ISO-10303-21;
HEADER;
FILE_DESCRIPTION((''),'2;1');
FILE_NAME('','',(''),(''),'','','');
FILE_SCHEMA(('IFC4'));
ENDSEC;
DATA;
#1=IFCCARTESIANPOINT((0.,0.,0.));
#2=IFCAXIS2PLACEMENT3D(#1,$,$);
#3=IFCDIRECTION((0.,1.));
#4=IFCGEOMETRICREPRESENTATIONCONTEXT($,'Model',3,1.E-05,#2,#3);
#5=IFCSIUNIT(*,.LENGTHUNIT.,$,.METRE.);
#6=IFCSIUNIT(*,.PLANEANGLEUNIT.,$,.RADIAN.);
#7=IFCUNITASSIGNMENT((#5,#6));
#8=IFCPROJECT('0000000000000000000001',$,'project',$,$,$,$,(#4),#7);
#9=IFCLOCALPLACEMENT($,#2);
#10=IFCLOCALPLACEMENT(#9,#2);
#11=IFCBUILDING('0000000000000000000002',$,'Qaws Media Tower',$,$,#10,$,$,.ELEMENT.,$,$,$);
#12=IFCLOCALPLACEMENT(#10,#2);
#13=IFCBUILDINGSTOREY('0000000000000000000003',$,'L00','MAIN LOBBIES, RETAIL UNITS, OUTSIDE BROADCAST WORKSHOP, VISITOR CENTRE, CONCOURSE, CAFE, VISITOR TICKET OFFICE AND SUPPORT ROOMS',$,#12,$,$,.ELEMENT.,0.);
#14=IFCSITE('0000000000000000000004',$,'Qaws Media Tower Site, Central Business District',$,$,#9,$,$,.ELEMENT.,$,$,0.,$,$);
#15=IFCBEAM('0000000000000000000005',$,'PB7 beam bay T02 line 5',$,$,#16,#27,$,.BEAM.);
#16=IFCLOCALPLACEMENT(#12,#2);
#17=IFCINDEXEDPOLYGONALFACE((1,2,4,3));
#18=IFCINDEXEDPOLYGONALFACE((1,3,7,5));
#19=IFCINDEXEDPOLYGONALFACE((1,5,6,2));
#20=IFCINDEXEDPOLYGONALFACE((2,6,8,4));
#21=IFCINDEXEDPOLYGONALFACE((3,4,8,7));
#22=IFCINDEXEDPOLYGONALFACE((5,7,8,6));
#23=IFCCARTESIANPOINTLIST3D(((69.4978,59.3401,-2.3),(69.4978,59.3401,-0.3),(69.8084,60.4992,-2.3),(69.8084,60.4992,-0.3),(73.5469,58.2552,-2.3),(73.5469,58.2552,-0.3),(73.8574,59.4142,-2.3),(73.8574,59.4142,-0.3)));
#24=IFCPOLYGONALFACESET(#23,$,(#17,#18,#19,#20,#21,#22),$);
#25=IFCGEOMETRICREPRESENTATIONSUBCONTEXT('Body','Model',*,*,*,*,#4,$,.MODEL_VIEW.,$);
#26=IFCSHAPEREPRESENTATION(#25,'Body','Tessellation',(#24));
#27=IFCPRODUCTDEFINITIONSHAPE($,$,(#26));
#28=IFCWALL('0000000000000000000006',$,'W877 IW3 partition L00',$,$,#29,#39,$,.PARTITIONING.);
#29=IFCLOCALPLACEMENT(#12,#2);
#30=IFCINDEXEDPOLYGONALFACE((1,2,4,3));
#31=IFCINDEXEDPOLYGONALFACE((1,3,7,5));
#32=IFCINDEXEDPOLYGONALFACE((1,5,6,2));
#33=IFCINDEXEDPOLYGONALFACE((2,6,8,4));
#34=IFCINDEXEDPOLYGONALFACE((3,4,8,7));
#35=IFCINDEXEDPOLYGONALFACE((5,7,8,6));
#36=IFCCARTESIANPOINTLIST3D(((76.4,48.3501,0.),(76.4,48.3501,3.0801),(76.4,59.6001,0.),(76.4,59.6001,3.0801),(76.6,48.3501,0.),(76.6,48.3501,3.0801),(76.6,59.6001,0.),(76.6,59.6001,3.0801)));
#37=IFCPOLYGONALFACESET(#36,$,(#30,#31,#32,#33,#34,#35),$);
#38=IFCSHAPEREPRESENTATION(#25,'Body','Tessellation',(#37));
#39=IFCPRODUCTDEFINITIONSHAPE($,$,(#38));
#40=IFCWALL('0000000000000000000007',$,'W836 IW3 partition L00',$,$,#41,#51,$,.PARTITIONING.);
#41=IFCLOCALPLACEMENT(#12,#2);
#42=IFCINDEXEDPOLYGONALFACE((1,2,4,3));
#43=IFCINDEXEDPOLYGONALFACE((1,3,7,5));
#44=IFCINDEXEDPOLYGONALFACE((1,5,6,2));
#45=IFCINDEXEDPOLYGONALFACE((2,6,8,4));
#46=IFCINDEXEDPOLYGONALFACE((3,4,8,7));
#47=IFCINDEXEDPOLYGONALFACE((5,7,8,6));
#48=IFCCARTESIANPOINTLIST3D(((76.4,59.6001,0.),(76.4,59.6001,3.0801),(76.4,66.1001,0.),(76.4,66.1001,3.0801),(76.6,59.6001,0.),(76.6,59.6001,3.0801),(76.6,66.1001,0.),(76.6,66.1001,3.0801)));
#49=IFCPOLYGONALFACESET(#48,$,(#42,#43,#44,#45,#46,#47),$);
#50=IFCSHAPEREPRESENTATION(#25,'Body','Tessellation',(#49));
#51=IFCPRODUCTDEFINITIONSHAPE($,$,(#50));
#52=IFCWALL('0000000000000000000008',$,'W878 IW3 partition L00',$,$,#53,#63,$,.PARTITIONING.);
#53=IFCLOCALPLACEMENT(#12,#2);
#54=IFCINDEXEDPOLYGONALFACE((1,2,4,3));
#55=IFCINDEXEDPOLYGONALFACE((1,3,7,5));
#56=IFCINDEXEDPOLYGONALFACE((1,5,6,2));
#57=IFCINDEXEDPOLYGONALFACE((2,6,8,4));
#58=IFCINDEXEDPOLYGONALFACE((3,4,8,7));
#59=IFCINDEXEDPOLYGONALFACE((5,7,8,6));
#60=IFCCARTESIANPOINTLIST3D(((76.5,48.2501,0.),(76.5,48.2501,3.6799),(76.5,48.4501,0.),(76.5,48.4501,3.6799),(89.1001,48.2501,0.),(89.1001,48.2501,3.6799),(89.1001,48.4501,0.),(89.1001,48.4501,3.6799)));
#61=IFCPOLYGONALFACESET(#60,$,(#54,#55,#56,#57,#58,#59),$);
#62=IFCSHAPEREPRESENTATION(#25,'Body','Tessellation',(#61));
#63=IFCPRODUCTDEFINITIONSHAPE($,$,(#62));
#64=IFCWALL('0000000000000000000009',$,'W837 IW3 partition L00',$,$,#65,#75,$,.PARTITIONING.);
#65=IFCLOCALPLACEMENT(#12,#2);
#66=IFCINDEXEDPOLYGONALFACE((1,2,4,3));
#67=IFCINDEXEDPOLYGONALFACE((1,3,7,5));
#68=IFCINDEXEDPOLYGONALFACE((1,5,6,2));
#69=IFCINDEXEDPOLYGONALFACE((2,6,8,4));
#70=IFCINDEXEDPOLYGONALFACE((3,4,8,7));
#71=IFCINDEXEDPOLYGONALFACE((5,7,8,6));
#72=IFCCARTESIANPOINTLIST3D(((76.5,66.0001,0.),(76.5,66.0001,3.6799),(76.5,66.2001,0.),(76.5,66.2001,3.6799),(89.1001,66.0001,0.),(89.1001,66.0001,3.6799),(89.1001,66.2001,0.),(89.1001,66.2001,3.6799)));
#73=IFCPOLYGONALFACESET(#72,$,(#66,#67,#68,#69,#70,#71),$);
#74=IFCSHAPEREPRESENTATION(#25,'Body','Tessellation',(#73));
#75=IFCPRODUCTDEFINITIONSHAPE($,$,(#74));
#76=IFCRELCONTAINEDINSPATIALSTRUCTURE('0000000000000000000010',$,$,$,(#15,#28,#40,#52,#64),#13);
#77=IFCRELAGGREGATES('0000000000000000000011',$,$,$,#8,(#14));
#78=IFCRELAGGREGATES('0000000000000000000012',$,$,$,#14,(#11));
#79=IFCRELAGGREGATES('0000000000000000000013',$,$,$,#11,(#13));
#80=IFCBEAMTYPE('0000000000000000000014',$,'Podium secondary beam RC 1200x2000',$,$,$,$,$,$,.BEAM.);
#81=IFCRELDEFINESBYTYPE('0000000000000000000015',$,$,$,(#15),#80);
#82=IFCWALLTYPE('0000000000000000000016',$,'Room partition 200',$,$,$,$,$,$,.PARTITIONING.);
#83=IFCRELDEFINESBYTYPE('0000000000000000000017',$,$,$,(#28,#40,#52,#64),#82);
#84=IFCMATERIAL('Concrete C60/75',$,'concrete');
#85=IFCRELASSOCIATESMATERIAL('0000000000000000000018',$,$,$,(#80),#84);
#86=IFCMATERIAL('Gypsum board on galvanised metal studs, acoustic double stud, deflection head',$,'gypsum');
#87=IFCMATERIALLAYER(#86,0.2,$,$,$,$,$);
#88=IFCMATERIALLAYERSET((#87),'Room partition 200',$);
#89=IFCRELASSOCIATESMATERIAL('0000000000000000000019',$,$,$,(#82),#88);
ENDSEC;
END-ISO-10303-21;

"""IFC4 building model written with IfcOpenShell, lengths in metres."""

from ifc_helpers import new_model, si_unit, direction, frame, frame_2d, origin, origin_2d, place, context, subcontext, project, spatial, rectangle, extrude, material, layer, layer_set, material_profile, profile_set, type_object, element, save


model = new_model("IFC4")

# Units and contexts
model_context = context("Model", 3, precision=1e-05, world=origin(), true_north=direction((0.0, 1.0)))
body_context = subcontext(model_context, "Body", "Model", "MODEL_VIEW")
ifc_project = project(units=[si_unit("LENGTHUNIT", "METRE"), si_unit("PLANEANGLEUNIT", "RADIAN")], contexts=[model_context])

# Site, building, storey
site_placement = place(None, origin())
site = spatial("IfcSite", under=ifc_project, at=site_placement, Name="Qaws Media Tower Site, Central Business District", CompositionType="ELEMENT", RefElevation=0.0)
building_placement = place(site_placement, origin())
building = spatial("IfcBuilding", under=site, at=building_placement, Name="Qaws Media Tower", CompositionType="ELEMENT")
storey_placement = place(building_placement, origin())
storey = spatial("IfcBuildingStorey", under=building, at=storey_placement, Name="L00", Description="MAIN LOBBIES, RETAIL UNITS, OUTSIDE BROADCAST WORKSHOP, VISITOR CENTRE, CONCOURSE, CAFE, VISITOR TICKET OFFICE AND SUPPORT ROOMS", CompositionType="ELEMENT", Elevation=0.0)

# Beam
ifc_material_1 = material(Name="Concrete C60/75", Category="concrete")
ifc_material_profile_1 = material_profile(ifc_material_1, rectangle(XDim=1.2, YDim=2.0, at=origin_2d()), Name="RC 1200x2000")
ifc_profile_set_1 = profile_set([ifc_material_profile_1], Name="Concrete C60/75")
beam_type_1 = type_object("IfcBeamType", Name="Podium secondary beam RC 1200x2000", PredefinedType="BEAM", material=ifc_profile_set_1)
beam_1_placement = place(storey_placement, frame((73.7021, 58.8347, -1.3), z_axis=(-0.965925, 0.258822, 0.0), x_axis=(-0.258822, -0.965925, 0.0)))
element("IfcBeam", 1, at=beam_1_placement, inside=storey, type_object=beam_type_1, Name="PB7 beam bay T02 line 5", PredefinedType="BEAM", context=body_context, shape_type="SweptSolid", body=[
    extrude(rectangle(XDim=1.2, YDim=2.0, at=origin_2d()), origin(), (0.0, 0.0, 1.0), 4.1919),
])

# Walls
ifc_material_2 = material(Name="Gypsum board on galvanised metal studs, acoustic double stud, deflection head", Category="gypsum")
ifc_layer = layer(ifc_material_2, 0.2)
ifc_layer_set = layer_set([ifc_layer], Name="Room partition 200")
wall_type = type_object("IfcWallType", Name="Room partition 200", PredefinedType="PARTITIONING", material=ifc_layer_set)
wall_1_placement = place(storey_placement, frame((76.5, 48.3501, 0.0), z_axis=(0.0, 0.0, 1.0), x_axis=(0.0, 1.0, 0.0)))
element("IfcWall", 2, at=wall_1_placement, inside=storey, type_object=wall_type, Name="W877 IW3 partition L00", PredefinedType="PARTITIONING", context=body_context, shape_type="SweptSolid", body=[
    extrude(rectangle(XDim=11.25, YDim=0.2, at=frame_2d((5.625, 0.0))), origin(), (0.0, 0.0, 1.0), 3.0801),
])
wall_2_placement = place(storey_placement, frame((76.5, 59.6001, 0.0), z_axis=(0.0, 0.0, 1.0), x_axis=(0.0, 1.0, 0.0)))
element("IfcWall", 3, at=wall_2_placement, inside=storey, type_object=wall_type, Name="W836 IW3 partition L00", PredefinedType="PARTITIONING", context=body_context, shape_type="SweptSolid", body=[
    extrude(rectangle(XDim=6.5, YDim=0.2, at=frame_2d((3.25, 0.0))), origin(), (0.0, 0.0, 1.0), 3.0801),
])
for number, where, z_axis, x_axis, name in (
    (4, (76.5, 48.3501, 0.0), (0.0, 0.0, 1.0), (1.0, 0.0, 0.0), "W878 IW3 partition L00"),
    (5, (76.5, 66.1001, 0.0), (0.0, 0.0, 1.0), (1.0, 0.0, 0.0), "W837 IW3 partition L00"),
):
    element("IfcWall", number, at=place(storey_placement, frame(where, z_axis=z_axis, x_axis=x_axis)), inside=storey, type_object=wall_type, Name=name, PredefinedType="PARTITIONING", context=body_context, shape_type="SweptSolid", body=[
        extrude(rectangle(XDim=12.6001, YDim=0.2, at=frame_2d((6.3, 0.0))), origin(), (0.0, 0.0, 1.0), 3.6799),
    ])

save(model, "model.ifc")
